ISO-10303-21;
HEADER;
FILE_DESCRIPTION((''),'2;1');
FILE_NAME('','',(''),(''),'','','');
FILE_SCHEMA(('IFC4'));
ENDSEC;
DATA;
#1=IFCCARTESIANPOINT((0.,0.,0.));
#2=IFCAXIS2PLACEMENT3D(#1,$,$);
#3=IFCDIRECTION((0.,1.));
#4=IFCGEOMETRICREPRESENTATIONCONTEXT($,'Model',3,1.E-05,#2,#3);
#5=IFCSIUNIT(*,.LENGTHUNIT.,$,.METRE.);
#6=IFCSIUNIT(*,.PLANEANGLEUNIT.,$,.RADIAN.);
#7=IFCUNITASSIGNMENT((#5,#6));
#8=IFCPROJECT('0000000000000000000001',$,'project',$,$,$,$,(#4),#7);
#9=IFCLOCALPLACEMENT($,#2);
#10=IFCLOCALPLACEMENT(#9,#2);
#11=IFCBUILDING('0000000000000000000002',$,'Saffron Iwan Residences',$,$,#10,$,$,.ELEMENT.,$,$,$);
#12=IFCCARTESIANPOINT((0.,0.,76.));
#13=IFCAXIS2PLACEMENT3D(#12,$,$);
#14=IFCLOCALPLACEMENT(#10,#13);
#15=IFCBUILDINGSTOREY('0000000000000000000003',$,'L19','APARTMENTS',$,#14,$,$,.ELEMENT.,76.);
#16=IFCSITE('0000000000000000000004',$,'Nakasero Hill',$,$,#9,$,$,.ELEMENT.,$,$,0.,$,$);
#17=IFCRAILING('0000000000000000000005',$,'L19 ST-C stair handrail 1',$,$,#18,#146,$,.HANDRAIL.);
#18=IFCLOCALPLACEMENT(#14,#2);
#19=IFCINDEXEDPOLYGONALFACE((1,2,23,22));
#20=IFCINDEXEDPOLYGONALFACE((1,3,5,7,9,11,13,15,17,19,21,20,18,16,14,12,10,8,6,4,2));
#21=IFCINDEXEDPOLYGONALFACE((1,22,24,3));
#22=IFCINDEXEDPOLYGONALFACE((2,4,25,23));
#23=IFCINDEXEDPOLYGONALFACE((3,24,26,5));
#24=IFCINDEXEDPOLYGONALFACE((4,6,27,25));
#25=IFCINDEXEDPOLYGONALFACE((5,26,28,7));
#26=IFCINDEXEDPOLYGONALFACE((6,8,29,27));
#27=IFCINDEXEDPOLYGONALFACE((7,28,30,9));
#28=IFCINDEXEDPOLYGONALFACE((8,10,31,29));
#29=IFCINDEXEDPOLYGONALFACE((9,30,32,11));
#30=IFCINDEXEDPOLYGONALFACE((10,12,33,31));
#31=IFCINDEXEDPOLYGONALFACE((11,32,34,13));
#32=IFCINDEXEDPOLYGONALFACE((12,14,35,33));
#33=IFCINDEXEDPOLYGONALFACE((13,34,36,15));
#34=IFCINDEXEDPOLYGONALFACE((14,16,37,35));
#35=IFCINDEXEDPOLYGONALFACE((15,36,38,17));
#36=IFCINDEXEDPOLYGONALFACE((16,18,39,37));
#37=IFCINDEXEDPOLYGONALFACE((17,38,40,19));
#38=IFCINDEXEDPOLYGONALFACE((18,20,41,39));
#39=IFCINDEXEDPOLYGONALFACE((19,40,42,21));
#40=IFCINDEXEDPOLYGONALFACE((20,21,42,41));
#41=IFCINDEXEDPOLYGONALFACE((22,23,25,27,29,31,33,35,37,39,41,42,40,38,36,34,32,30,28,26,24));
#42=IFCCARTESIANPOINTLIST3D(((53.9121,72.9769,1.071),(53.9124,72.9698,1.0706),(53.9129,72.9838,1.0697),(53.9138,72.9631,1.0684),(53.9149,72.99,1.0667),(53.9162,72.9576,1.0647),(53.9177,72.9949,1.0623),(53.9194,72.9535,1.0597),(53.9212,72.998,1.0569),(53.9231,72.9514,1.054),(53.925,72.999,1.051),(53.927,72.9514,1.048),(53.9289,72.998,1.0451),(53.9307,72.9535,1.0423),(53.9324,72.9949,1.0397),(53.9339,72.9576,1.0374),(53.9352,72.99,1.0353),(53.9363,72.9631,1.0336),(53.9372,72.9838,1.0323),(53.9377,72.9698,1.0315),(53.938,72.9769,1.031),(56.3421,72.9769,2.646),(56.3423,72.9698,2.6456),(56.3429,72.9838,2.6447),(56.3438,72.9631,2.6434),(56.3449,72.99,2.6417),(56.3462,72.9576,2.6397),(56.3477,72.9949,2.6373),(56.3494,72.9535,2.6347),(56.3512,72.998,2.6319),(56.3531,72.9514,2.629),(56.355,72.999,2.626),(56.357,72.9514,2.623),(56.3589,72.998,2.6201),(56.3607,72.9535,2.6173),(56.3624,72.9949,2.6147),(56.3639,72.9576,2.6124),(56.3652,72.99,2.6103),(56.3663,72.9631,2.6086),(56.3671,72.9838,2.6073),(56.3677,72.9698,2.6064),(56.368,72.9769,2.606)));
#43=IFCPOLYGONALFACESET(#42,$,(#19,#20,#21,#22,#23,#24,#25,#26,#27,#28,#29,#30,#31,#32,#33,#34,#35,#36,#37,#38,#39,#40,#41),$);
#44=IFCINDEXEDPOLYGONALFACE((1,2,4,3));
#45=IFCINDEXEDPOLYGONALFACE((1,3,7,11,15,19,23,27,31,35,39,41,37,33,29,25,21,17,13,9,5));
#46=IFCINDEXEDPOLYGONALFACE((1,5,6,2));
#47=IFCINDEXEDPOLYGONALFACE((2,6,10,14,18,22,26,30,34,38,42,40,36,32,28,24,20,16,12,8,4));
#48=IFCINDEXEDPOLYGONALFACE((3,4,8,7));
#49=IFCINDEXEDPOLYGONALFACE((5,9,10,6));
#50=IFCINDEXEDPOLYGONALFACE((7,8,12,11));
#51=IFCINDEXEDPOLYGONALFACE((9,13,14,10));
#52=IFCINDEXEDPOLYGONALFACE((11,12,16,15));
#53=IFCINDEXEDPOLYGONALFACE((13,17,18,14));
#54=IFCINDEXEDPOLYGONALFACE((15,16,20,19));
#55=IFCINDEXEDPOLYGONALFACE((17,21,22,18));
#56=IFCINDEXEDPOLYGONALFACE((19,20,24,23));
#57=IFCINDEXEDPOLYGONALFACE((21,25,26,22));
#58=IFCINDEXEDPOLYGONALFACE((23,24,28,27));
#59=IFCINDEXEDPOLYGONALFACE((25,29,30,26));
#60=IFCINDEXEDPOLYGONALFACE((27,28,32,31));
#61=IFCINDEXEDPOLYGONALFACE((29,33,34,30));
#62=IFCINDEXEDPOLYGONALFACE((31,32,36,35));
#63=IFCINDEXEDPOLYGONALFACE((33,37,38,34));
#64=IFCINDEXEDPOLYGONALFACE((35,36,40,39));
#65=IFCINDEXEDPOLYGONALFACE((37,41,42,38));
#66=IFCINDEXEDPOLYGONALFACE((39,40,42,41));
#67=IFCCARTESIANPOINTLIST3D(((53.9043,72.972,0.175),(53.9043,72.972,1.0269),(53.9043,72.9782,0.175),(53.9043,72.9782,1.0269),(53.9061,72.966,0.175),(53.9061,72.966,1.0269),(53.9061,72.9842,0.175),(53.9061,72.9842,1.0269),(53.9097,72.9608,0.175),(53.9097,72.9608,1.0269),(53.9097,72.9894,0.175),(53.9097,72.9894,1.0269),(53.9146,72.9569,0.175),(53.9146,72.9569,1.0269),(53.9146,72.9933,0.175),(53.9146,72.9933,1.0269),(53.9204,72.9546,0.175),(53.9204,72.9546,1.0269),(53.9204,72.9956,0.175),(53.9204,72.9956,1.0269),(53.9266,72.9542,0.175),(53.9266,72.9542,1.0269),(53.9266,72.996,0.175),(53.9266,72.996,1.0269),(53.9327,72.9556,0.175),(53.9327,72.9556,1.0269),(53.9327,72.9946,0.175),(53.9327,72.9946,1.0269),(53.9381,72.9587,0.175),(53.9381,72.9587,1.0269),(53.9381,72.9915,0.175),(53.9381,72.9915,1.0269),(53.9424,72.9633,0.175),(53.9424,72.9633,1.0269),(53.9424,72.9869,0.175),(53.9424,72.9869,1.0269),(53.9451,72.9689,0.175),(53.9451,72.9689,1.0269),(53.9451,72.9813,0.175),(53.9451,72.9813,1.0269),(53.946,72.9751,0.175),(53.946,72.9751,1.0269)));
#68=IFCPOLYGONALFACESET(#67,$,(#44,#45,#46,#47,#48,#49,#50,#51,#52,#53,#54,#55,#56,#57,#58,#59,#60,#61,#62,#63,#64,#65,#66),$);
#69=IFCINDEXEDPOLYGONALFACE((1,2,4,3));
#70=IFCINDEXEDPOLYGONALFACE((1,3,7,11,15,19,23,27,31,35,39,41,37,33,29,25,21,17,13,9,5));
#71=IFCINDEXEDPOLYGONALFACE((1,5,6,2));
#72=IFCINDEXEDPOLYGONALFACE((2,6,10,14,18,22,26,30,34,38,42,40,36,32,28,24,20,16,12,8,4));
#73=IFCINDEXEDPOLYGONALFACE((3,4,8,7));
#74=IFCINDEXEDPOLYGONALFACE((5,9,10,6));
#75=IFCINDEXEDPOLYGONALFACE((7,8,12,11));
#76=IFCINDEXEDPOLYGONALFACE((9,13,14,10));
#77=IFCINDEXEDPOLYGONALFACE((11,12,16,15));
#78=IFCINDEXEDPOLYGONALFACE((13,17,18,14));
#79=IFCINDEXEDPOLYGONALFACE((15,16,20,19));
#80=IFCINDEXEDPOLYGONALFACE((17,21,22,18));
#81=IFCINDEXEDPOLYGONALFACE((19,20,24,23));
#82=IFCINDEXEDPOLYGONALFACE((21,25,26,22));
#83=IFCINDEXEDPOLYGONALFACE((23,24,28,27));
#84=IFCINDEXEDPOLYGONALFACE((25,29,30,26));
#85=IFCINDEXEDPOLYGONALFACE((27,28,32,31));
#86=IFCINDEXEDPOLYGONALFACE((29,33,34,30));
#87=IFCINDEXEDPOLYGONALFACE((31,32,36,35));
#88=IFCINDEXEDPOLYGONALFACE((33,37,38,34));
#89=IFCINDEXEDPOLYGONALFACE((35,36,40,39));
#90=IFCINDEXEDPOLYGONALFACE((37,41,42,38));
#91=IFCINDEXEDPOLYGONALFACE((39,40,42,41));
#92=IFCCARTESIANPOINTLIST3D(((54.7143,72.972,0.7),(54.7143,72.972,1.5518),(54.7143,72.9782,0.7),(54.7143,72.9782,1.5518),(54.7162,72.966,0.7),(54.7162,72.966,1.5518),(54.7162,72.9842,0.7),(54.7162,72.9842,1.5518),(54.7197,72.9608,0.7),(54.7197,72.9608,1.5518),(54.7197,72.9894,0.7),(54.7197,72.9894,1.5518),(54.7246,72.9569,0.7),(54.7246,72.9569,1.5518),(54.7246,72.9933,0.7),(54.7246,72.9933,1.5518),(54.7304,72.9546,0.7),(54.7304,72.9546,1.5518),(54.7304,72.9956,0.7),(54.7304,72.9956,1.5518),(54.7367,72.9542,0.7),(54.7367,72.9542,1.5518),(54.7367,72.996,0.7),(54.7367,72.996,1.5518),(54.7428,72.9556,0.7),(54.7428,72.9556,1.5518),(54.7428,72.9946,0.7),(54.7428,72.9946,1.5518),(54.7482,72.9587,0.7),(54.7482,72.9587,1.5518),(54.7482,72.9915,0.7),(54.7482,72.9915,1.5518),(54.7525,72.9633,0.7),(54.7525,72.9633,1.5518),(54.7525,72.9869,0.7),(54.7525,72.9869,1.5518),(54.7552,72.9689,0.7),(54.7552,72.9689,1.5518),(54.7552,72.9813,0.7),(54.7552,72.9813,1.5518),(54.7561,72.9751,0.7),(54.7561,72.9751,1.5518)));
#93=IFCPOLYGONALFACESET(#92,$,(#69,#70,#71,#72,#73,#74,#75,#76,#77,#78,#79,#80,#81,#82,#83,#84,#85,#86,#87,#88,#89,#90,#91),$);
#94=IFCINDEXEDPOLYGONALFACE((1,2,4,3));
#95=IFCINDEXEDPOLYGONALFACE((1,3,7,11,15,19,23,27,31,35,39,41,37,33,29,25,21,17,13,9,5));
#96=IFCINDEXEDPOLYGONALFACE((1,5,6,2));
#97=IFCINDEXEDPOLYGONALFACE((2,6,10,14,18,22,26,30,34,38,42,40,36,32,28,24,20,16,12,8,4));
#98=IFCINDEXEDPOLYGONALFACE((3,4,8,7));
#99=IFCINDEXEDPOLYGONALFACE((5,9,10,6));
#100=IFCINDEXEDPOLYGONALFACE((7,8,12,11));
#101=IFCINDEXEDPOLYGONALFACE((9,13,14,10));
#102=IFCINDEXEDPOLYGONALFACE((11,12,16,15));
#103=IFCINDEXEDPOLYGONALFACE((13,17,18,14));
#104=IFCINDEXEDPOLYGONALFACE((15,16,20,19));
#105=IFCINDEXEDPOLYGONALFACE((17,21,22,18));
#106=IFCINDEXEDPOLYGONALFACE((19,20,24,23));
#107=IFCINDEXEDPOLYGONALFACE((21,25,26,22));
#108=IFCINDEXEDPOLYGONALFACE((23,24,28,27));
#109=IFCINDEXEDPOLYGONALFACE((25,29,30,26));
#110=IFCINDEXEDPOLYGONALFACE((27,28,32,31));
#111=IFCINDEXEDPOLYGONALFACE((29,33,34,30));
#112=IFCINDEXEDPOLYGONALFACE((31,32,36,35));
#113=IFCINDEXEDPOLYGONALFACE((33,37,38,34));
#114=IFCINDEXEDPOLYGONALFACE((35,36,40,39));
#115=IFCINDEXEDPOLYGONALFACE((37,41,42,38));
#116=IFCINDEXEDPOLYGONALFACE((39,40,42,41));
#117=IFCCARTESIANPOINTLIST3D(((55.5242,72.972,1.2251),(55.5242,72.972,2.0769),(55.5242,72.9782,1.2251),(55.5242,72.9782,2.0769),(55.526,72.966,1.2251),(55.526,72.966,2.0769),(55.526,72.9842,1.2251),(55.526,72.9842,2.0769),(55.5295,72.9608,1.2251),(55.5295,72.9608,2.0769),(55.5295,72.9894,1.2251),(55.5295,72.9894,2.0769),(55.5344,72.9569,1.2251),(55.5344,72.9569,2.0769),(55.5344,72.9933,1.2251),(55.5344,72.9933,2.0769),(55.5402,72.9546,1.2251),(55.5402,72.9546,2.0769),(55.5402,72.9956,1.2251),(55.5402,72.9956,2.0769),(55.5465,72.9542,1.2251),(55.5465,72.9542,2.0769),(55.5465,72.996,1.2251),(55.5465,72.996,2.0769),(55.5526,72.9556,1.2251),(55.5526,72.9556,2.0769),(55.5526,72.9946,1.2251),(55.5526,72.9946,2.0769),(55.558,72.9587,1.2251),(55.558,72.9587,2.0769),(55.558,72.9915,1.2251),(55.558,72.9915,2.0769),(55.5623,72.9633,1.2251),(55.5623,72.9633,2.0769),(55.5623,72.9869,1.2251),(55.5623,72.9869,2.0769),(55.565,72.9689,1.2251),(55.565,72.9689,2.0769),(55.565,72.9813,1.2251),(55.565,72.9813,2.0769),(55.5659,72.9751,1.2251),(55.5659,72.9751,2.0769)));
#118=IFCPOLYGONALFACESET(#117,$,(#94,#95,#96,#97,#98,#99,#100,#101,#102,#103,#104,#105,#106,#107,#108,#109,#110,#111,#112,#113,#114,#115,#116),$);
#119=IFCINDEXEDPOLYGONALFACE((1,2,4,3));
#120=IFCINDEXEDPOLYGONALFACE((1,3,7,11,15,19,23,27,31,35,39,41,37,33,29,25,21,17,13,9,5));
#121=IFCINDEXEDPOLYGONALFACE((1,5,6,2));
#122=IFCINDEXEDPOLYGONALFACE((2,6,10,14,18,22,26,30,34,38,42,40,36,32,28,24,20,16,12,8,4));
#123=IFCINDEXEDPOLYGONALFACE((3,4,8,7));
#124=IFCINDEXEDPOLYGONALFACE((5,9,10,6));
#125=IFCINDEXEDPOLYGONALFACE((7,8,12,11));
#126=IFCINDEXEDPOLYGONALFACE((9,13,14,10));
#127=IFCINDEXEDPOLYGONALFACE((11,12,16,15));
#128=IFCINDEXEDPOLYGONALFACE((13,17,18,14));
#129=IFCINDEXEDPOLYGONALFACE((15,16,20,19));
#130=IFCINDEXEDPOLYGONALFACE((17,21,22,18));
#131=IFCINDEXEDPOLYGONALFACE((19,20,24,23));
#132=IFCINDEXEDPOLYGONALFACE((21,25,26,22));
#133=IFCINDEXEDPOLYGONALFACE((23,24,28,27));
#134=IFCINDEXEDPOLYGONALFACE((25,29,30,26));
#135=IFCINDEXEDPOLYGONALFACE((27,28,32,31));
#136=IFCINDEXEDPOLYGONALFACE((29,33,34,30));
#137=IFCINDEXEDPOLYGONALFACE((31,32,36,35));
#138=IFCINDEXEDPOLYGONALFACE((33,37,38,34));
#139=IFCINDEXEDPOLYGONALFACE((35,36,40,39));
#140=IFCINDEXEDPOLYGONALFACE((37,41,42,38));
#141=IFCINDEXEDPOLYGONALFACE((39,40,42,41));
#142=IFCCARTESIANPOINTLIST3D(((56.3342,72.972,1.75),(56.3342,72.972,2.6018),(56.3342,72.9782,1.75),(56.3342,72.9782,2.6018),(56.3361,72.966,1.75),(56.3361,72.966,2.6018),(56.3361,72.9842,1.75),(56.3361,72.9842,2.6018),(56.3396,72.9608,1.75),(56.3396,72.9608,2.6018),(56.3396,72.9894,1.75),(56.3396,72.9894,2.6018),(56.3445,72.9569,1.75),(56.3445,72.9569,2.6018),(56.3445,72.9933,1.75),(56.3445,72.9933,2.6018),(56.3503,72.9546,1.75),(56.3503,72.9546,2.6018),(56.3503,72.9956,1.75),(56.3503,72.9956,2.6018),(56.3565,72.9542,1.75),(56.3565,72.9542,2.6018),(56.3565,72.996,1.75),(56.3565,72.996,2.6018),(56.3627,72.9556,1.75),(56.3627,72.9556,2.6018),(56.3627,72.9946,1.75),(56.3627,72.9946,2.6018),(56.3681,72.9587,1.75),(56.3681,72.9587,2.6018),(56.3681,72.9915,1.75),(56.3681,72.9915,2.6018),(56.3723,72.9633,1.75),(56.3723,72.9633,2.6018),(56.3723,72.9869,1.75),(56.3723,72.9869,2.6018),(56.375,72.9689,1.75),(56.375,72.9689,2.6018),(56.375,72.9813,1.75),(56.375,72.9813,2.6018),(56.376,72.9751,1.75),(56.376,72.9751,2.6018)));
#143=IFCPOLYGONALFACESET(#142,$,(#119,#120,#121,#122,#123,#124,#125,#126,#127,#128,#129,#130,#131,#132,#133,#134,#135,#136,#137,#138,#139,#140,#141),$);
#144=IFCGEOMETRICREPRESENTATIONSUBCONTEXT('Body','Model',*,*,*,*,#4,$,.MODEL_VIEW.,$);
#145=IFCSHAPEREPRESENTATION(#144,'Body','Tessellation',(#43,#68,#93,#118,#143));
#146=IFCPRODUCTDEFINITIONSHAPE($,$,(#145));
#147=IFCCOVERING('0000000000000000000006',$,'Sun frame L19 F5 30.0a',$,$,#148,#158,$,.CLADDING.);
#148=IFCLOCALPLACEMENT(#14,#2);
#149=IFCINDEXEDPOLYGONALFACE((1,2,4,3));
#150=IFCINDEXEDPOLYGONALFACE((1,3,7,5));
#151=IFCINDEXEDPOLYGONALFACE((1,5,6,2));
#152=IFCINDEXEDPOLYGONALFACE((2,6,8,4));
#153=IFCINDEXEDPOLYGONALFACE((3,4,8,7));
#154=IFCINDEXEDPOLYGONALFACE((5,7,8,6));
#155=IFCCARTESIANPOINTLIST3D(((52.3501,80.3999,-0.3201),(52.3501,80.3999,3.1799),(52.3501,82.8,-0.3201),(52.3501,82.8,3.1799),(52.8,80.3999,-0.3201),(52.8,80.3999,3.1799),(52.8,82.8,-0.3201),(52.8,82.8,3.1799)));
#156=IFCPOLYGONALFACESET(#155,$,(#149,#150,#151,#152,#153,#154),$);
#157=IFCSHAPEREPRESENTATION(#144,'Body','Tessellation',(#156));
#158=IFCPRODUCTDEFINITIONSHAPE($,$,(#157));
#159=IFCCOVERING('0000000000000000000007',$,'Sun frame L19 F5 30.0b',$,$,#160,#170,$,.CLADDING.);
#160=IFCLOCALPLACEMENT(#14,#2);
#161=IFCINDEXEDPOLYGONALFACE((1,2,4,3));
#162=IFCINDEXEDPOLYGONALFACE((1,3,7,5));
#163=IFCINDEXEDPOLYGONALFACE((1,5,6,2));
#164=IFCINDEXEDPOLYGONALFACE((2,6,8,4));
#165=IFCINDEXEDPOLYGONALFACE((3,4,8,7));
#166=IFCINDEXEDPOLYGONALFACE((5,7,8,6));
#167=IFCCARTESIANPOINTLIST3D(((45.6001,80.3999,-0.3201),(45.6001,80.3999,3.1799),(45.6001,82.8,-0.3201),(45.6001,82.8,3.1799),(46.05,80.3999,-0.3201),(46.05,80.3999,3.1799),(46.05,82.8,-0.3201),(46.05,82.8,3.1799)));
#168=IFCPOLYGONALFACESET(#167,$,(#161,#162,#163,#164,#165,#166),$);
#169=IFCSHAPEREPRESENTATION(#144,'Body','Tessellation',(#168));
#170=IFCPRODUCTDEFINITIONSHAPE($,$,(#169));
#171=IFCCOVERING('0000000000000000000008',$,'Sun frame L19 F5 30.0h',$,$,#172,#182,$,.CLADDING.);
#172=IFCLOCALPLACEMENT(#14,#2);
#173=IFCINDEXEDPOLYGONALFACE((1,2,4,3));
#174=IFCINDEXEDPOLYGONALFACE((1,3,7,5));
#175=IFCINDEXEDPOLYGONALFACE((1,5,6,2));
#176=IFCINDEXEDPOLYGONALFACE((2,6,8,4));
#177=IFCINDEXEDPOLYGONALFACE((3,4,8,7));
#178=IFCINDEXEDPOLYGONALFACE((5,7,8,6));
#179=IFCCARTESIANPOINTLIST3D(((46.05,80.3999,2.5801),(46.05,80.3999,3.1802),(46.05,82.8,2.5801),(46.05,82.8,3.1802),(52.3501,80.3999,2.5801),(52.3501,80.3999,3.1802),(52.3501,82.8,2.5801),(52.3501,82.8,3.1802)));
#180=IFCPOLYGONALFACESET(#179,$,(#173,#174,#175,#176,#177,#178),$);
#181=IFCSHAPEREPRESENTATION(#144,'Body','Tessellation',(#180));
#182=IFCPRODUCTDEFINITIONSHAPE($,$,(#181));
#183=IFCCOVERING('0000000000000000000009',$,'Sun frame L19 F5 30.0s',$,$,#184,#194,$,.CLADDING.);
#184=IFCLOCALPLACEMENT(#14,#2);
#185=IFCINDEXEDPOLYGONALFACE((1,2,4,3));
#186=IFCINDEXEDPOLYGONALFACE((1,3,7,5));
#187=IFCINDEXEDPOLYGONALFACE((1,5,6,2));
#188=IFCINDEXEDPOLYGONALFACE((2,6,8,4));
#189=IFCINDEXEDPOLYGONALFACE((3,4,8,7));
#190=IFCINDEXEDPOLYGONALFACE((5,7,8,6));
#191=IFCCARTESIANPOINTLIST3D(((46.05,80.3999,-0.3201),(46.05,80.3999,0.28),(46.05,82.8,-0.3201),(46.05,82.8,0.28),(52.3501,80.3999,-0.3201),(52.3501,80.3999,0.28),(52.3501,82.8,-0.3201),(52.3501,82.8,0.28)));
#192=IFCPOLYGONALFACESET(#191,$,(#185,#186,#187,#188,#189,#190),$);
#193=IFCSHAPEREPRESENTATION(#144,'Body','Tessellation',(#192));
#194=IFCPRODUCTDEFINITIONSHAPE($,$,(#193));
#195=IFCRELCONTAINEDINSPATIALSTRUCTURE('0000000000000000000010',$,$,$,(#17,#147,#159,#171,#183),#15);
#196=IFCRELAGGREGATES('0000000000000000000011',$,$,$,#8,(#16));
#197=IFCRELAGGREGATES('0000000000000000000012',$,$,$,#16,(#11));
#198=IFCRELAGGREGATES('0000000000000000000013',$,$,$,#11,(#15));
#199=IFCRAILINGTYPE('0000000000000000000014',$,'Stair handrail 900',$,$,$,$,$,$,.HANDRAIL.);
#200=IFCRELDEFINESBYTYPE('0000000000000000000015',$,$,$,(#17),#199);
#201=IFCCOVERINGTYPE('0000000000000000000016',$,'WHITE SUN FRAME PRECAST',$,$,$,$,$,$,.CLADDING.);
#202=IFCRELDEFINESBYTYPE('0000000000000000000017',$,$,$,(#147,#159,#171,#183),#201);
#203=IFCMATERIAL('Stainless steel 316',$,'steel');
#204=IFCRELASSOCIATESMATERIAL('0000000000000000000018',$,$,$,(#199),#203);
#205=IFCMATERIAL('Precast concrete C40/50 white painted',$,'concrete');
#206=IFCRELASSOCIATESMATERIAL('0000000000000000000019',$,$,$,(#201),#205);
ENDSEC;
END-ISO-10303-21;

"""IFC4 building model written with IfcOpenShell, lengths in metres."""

from ifc_helpers import new_model, si_unit, direction, frame, origin, origin_2d, place, context, subcontext, project, spatial, polyline, circle, outline, extrude, material, type_object, element, save


model = new_model("IFC4")

# Units and contexts
model_context = context("Model", 3, precision=1e-05, world=origin(), true_north=direction((0.0, 1.0)))
body_context = subcontext(model_context, "Body", "Model", "MODEL_VIEW")
ifc_project = project(units=[si_unit("LENGTHUNIT", "METRE"), si_unit("PLANEANGLEUNIT", "RADIAN")], contexts=[model_context])

# Site, building, storey
site_placement = place(None, origin())
site = spatial("IfcSite", under=ifc_project, at=site_placement, Name="Nakasero Hill", CompositionType="ELEMENT", RefElevation=0.0)
building_placement = place(site_placement, origin())
building = spatial("IfcBuilding", under=site, at=building_placement, Name="Saffron Iwan Residences", CompositionType="ELEMENT")
storey_placement = place(building_placement, frame((0.0, 0.0, 76.0)))
storey = spatial("IfcBuildingStorey", under=building, at=storey_placement, Name="L19", Description="APARTMENTS", CompositionType="ELEMENT", Elevation=76.0)

# Railing
ifc_material_1 = material(Name="Stainless steel 316", Category="steel")
railing_type_1 = type_object("IfcRailingType", Name="Stair handrail 900", PredefinedType="HANDRAIL", material=ifc_material_1)
railing_1_placement = place(storey_placement, frame((53.925, 72.9751, 0.175)))
element("IfcRailing", 1, at=railing_1_placement, inside=storey, type_object=railing_type_1, Name="L19 ST-C stair handrail 1", PredefinedType="HANDRAIL", context=body_context, shape_type="SweptSolid", body=[
    extrude(circle(Radius=0.0239, at=origin_2d()), frame((0.0, 0.0, 0.876), z_axis=(0.839154, 0.0, 0.543894), x_axis=(0.0, 1.0, 0.0)), (0.0, 0.0, 1.0), 2.8958),
    extrude(circle(Radius=0.021, at=origin_2d()), origin(), (0.0, 0.0, 1.0), 0.8518),
    extrude(circle(Radius=0.021, at=origin_2d()), frame((0.8101, 0.0, 0.5249)), (0.0, 0.0, 1.0), 0.8518),
    extrude(circle(Radius=0.021, at=origin_2d()), frame((1.6199, 0.0, 1.05)), (0.0, 0.0, 1.0), 0.8518),
    extrude(circle(Radius=0.021, at=origin_2d()), frame((2.4299, 0.0, 1.575)), (0.0, 0.0, 1.0), 0.8518),
])

# Coverings
ifc_material_2 = material(Name="Precast concrete C40/50 white painted", Category="concrete")
covering_type_1 = type_object("IfcCoveringType", Name="WHITE SUN FRAME PRECAST", PredefinedType="CLADDING", material=ifc_material_2)
for number, where, z_axis, x_axis, name in (
    (2, (52.8, 80.3999, -0.3201), (0.0, 1.0, 0.0), (-1.0, 0.0, 0.0), "Sun frame L19 F5 30.0a"),
    (3, (46.05, 80.3999, -0.3201), (0.0, 1.0, 0.0), (-1.0, 0.0, 0.0), "Sun frame L19 F5 30.0b"),
):
    element("IfcCovering", number, at=place(storey_placement, frame(where, z_axis=z_axis, x_axis=x_axis)), inside=storey, type_object=covering_type_1, Name=name, PredefinedType="CLADDING", context=body_context, shape_type="SweptSolid", body=[
        extrude(outline(polyline([(0.0, 0.0), (0.45, 0.0), (0.45, 3.5), (0.0, 3.5), (0.0, 0.0)])), origin(), (0.0, 0.0, 1.0), 2.4001),
    ])
for number, where, z_axis, x_axis, name in (
    (4, (52.3501, 80.3999, 2.5801), (0.0, 1.0, 0.0), (-1.0, 0.0, 0.0), "Sun frame L19 F5 30.0h"),
    (5, (52.3501, 80.3999, -0.3201), (0.0, 1.0, 0.0), (-1.0, 0.0, 0.0), "Sun frame L19 F5 30.0s"),
):
    element("IfcCovering", number, at=place(storey_placement, frame(where, z_axis=z_axis, x_axis=x_axis)), inside=storey, type_object=covering_type_1, Name=name, PredefinedType="CLADDING", context=body_context, shape_type="SweptSolid", body=[
        extrude(outline(polyline([(0.0, 0.0), (6.3, 0.0), (6.3, 0.6001), (0.0, 0.6001), (0.0, 0.0)])), origin(), (0.0, 0.0, 1.0), 2.4001),
    ])

save(model, "model.ifc")
